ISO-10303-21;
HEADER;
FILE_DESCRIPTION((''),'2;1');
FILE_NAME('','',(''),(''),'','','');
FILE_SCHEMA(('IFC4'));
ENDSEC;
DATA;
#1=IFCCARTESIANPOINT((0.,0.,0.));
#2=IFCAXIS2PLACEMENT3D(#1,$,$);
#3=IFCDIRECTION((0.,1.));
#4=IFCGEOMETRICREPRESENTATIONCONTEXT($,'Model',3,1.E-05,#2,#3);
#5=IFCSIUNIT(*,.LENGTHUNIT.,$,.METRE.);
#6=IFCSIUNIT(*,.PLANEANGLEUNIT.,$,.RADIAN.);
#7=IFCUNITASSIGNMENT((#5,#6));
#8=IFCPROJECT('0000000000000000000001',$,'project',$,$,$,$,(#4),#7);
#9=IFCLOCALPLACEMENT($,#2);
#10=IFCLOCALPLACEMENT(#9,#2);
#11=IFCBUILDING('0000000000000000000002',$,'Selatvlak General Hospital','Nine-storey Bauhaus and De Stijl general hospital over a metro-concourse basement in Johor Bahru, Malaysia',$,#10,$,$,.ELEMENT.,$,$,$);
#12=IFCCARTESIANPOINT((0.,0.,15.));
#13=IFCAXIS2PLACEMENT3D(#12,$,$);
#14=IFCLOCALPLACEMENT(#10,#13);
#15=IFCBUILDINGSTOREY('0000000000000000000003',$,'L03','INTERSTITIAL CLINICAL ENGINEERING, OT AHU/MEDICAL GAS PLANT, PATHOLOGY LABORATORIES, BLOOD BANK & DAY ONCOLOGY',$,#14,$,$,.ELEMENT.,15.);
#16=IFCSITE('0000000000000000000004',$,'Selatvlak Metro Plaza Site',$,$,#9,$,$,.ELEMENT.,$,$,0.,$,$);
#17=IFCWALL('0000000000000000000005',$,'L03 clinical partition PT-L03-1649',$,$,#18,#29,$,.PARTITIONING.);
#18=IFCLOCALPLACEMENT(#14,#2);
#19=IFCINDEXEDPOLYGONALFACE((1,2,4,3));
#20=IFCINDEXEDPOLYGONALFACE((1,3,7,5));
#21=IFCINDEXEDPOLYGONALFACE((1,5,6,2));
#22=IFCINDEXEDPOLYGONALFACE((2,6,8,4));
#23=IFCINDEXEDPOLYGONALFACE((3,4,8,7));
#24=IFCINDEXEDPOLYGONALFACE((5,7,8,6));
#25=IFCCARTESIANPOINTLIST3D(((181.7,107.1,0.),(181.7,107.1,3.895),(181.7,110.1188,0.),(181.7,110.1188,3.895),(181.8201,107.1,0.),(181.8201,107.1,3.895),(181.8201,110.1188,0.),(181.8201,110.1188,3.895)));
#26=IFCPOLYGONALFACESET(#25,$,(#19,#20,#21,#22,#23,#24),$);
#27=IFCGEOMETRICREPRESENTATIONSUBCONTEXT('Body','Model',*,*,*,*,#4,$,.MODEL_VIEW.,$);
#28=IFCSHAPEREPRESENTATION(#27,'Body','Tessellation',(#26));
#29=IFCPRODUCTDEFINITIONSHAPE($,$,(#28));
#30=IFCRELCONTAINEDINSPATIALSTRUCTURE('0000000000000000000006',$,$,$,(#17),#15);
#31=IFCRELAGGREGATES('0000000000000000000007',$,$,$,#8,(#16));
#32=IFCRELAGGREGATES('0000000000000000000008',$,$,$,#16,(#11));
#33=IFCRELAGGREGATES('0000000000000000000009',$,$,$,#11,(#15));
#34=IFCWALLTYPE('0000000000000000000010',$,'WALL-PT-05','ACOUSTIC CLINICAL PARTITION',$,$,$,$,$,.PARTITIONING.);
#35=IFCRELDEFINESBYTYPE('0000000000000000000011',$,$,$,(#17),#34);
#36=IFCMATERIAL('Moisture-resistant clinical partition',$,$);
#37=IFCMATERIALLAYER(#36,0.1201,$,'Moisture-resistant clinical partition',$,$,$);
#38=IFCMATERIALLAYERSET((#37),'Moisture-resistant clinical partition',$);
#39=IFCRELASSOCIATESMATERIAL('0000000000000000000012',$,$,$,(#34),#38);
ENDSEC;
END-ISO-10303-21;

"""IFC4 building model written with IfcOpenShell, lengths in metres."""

from ifc_helpers import new_model, si_unit, direction, frame, frame_2d, origin, place, context, subcontext, project, spatial, rectangle, extrude, material, layer, layer_set, type_object, element, save


model = new_model("IFC4")

# Units and contexts
model_context = context("Model", 3, precision=1e-05, world=origin(), true_north=direction((0.0, 1.0)))
body_context = subcontext(model_context, "Body", "Model", "MODEL_VIEW")
ifc_project = project(units=[si_unit("LENGTHUNIT", "METRE"), si_unit("PLANEANGLEUNIT", "RADIAN")], contexts=[model_context])

# Site, building, storey
site_placement = place(None, origin())
site = spatial("IfcSite", under=ifc_project, at=site_placement, Name="Selatvlak Metro Plaza Site", CompositionType="ELEMENT", RefElevation=0.0)
building_placement = place(site_placement, origin())
building = spatial("IfcBuilding", under=site, at=building_placement, Name="Selatvlak General Hospital", Description="Nine-storey Bauhaus and De Stijl general hospital over a metro-concourse basement in Johor Bahru, Malaysia", CompositionType="ELEMENT")
storey_placement = place(building_placement, frame((0.0, 0.0, 15.0)))
storey = spatial("IfcBuildingStorey", under=building, at=storey_placement, Name="L03", Description="INTERSTITIAL CLINICAL ENGINEERING, OT AHU/MEDICAL GAS PLANT, PATHOLOGY LABORATORIES, BLOOD BANK & DAY ONCOLOGY", CompositionType="ELEMENT", Elevation=15.0)

# Shared definitions
ifc_material_1 = material(Name="Moisture-resistant clinical partition")

# Wall
ifc_layer_1 = layer(ifc_material_1, 0.1201, Name="Moisture-resistant clinical partition")
ifc_layer_set_1 = layer_set([ifc_layer_1], Name="Moisture-resistant clinical partition")
wall_type_1 = type_object("IfcWallType", Name="WALL-PT-05", Description="ACOUSTIC CLINICAL PARTITION", PredefinedType="PARTITIONING", material=ifc_layer_set_1)
wall_1_placement = place(storey_placement, frame((181.76, 107.1001, 0.0), z_axis=(0.0, 0.0, 1.0), x_axis=(0.0, 1.0, 0.0)))
element("IfcWall", 1, at=wall_1_placement, inside=storey, type_object=wall_type_1, Name="L03 clinical partition PT-L03-1649", PredefinedType="PARTITIONING", context=body_context, shape_type="SweptSolid", body=[
    extrude(rectangle(XDim=3.0188, YDim=0.1201, at=frame_2d((1.5093, 0.0))), origin(), (0.0, 0.0, 1.0), 3.895),
])

save(model, "model.ifc")
